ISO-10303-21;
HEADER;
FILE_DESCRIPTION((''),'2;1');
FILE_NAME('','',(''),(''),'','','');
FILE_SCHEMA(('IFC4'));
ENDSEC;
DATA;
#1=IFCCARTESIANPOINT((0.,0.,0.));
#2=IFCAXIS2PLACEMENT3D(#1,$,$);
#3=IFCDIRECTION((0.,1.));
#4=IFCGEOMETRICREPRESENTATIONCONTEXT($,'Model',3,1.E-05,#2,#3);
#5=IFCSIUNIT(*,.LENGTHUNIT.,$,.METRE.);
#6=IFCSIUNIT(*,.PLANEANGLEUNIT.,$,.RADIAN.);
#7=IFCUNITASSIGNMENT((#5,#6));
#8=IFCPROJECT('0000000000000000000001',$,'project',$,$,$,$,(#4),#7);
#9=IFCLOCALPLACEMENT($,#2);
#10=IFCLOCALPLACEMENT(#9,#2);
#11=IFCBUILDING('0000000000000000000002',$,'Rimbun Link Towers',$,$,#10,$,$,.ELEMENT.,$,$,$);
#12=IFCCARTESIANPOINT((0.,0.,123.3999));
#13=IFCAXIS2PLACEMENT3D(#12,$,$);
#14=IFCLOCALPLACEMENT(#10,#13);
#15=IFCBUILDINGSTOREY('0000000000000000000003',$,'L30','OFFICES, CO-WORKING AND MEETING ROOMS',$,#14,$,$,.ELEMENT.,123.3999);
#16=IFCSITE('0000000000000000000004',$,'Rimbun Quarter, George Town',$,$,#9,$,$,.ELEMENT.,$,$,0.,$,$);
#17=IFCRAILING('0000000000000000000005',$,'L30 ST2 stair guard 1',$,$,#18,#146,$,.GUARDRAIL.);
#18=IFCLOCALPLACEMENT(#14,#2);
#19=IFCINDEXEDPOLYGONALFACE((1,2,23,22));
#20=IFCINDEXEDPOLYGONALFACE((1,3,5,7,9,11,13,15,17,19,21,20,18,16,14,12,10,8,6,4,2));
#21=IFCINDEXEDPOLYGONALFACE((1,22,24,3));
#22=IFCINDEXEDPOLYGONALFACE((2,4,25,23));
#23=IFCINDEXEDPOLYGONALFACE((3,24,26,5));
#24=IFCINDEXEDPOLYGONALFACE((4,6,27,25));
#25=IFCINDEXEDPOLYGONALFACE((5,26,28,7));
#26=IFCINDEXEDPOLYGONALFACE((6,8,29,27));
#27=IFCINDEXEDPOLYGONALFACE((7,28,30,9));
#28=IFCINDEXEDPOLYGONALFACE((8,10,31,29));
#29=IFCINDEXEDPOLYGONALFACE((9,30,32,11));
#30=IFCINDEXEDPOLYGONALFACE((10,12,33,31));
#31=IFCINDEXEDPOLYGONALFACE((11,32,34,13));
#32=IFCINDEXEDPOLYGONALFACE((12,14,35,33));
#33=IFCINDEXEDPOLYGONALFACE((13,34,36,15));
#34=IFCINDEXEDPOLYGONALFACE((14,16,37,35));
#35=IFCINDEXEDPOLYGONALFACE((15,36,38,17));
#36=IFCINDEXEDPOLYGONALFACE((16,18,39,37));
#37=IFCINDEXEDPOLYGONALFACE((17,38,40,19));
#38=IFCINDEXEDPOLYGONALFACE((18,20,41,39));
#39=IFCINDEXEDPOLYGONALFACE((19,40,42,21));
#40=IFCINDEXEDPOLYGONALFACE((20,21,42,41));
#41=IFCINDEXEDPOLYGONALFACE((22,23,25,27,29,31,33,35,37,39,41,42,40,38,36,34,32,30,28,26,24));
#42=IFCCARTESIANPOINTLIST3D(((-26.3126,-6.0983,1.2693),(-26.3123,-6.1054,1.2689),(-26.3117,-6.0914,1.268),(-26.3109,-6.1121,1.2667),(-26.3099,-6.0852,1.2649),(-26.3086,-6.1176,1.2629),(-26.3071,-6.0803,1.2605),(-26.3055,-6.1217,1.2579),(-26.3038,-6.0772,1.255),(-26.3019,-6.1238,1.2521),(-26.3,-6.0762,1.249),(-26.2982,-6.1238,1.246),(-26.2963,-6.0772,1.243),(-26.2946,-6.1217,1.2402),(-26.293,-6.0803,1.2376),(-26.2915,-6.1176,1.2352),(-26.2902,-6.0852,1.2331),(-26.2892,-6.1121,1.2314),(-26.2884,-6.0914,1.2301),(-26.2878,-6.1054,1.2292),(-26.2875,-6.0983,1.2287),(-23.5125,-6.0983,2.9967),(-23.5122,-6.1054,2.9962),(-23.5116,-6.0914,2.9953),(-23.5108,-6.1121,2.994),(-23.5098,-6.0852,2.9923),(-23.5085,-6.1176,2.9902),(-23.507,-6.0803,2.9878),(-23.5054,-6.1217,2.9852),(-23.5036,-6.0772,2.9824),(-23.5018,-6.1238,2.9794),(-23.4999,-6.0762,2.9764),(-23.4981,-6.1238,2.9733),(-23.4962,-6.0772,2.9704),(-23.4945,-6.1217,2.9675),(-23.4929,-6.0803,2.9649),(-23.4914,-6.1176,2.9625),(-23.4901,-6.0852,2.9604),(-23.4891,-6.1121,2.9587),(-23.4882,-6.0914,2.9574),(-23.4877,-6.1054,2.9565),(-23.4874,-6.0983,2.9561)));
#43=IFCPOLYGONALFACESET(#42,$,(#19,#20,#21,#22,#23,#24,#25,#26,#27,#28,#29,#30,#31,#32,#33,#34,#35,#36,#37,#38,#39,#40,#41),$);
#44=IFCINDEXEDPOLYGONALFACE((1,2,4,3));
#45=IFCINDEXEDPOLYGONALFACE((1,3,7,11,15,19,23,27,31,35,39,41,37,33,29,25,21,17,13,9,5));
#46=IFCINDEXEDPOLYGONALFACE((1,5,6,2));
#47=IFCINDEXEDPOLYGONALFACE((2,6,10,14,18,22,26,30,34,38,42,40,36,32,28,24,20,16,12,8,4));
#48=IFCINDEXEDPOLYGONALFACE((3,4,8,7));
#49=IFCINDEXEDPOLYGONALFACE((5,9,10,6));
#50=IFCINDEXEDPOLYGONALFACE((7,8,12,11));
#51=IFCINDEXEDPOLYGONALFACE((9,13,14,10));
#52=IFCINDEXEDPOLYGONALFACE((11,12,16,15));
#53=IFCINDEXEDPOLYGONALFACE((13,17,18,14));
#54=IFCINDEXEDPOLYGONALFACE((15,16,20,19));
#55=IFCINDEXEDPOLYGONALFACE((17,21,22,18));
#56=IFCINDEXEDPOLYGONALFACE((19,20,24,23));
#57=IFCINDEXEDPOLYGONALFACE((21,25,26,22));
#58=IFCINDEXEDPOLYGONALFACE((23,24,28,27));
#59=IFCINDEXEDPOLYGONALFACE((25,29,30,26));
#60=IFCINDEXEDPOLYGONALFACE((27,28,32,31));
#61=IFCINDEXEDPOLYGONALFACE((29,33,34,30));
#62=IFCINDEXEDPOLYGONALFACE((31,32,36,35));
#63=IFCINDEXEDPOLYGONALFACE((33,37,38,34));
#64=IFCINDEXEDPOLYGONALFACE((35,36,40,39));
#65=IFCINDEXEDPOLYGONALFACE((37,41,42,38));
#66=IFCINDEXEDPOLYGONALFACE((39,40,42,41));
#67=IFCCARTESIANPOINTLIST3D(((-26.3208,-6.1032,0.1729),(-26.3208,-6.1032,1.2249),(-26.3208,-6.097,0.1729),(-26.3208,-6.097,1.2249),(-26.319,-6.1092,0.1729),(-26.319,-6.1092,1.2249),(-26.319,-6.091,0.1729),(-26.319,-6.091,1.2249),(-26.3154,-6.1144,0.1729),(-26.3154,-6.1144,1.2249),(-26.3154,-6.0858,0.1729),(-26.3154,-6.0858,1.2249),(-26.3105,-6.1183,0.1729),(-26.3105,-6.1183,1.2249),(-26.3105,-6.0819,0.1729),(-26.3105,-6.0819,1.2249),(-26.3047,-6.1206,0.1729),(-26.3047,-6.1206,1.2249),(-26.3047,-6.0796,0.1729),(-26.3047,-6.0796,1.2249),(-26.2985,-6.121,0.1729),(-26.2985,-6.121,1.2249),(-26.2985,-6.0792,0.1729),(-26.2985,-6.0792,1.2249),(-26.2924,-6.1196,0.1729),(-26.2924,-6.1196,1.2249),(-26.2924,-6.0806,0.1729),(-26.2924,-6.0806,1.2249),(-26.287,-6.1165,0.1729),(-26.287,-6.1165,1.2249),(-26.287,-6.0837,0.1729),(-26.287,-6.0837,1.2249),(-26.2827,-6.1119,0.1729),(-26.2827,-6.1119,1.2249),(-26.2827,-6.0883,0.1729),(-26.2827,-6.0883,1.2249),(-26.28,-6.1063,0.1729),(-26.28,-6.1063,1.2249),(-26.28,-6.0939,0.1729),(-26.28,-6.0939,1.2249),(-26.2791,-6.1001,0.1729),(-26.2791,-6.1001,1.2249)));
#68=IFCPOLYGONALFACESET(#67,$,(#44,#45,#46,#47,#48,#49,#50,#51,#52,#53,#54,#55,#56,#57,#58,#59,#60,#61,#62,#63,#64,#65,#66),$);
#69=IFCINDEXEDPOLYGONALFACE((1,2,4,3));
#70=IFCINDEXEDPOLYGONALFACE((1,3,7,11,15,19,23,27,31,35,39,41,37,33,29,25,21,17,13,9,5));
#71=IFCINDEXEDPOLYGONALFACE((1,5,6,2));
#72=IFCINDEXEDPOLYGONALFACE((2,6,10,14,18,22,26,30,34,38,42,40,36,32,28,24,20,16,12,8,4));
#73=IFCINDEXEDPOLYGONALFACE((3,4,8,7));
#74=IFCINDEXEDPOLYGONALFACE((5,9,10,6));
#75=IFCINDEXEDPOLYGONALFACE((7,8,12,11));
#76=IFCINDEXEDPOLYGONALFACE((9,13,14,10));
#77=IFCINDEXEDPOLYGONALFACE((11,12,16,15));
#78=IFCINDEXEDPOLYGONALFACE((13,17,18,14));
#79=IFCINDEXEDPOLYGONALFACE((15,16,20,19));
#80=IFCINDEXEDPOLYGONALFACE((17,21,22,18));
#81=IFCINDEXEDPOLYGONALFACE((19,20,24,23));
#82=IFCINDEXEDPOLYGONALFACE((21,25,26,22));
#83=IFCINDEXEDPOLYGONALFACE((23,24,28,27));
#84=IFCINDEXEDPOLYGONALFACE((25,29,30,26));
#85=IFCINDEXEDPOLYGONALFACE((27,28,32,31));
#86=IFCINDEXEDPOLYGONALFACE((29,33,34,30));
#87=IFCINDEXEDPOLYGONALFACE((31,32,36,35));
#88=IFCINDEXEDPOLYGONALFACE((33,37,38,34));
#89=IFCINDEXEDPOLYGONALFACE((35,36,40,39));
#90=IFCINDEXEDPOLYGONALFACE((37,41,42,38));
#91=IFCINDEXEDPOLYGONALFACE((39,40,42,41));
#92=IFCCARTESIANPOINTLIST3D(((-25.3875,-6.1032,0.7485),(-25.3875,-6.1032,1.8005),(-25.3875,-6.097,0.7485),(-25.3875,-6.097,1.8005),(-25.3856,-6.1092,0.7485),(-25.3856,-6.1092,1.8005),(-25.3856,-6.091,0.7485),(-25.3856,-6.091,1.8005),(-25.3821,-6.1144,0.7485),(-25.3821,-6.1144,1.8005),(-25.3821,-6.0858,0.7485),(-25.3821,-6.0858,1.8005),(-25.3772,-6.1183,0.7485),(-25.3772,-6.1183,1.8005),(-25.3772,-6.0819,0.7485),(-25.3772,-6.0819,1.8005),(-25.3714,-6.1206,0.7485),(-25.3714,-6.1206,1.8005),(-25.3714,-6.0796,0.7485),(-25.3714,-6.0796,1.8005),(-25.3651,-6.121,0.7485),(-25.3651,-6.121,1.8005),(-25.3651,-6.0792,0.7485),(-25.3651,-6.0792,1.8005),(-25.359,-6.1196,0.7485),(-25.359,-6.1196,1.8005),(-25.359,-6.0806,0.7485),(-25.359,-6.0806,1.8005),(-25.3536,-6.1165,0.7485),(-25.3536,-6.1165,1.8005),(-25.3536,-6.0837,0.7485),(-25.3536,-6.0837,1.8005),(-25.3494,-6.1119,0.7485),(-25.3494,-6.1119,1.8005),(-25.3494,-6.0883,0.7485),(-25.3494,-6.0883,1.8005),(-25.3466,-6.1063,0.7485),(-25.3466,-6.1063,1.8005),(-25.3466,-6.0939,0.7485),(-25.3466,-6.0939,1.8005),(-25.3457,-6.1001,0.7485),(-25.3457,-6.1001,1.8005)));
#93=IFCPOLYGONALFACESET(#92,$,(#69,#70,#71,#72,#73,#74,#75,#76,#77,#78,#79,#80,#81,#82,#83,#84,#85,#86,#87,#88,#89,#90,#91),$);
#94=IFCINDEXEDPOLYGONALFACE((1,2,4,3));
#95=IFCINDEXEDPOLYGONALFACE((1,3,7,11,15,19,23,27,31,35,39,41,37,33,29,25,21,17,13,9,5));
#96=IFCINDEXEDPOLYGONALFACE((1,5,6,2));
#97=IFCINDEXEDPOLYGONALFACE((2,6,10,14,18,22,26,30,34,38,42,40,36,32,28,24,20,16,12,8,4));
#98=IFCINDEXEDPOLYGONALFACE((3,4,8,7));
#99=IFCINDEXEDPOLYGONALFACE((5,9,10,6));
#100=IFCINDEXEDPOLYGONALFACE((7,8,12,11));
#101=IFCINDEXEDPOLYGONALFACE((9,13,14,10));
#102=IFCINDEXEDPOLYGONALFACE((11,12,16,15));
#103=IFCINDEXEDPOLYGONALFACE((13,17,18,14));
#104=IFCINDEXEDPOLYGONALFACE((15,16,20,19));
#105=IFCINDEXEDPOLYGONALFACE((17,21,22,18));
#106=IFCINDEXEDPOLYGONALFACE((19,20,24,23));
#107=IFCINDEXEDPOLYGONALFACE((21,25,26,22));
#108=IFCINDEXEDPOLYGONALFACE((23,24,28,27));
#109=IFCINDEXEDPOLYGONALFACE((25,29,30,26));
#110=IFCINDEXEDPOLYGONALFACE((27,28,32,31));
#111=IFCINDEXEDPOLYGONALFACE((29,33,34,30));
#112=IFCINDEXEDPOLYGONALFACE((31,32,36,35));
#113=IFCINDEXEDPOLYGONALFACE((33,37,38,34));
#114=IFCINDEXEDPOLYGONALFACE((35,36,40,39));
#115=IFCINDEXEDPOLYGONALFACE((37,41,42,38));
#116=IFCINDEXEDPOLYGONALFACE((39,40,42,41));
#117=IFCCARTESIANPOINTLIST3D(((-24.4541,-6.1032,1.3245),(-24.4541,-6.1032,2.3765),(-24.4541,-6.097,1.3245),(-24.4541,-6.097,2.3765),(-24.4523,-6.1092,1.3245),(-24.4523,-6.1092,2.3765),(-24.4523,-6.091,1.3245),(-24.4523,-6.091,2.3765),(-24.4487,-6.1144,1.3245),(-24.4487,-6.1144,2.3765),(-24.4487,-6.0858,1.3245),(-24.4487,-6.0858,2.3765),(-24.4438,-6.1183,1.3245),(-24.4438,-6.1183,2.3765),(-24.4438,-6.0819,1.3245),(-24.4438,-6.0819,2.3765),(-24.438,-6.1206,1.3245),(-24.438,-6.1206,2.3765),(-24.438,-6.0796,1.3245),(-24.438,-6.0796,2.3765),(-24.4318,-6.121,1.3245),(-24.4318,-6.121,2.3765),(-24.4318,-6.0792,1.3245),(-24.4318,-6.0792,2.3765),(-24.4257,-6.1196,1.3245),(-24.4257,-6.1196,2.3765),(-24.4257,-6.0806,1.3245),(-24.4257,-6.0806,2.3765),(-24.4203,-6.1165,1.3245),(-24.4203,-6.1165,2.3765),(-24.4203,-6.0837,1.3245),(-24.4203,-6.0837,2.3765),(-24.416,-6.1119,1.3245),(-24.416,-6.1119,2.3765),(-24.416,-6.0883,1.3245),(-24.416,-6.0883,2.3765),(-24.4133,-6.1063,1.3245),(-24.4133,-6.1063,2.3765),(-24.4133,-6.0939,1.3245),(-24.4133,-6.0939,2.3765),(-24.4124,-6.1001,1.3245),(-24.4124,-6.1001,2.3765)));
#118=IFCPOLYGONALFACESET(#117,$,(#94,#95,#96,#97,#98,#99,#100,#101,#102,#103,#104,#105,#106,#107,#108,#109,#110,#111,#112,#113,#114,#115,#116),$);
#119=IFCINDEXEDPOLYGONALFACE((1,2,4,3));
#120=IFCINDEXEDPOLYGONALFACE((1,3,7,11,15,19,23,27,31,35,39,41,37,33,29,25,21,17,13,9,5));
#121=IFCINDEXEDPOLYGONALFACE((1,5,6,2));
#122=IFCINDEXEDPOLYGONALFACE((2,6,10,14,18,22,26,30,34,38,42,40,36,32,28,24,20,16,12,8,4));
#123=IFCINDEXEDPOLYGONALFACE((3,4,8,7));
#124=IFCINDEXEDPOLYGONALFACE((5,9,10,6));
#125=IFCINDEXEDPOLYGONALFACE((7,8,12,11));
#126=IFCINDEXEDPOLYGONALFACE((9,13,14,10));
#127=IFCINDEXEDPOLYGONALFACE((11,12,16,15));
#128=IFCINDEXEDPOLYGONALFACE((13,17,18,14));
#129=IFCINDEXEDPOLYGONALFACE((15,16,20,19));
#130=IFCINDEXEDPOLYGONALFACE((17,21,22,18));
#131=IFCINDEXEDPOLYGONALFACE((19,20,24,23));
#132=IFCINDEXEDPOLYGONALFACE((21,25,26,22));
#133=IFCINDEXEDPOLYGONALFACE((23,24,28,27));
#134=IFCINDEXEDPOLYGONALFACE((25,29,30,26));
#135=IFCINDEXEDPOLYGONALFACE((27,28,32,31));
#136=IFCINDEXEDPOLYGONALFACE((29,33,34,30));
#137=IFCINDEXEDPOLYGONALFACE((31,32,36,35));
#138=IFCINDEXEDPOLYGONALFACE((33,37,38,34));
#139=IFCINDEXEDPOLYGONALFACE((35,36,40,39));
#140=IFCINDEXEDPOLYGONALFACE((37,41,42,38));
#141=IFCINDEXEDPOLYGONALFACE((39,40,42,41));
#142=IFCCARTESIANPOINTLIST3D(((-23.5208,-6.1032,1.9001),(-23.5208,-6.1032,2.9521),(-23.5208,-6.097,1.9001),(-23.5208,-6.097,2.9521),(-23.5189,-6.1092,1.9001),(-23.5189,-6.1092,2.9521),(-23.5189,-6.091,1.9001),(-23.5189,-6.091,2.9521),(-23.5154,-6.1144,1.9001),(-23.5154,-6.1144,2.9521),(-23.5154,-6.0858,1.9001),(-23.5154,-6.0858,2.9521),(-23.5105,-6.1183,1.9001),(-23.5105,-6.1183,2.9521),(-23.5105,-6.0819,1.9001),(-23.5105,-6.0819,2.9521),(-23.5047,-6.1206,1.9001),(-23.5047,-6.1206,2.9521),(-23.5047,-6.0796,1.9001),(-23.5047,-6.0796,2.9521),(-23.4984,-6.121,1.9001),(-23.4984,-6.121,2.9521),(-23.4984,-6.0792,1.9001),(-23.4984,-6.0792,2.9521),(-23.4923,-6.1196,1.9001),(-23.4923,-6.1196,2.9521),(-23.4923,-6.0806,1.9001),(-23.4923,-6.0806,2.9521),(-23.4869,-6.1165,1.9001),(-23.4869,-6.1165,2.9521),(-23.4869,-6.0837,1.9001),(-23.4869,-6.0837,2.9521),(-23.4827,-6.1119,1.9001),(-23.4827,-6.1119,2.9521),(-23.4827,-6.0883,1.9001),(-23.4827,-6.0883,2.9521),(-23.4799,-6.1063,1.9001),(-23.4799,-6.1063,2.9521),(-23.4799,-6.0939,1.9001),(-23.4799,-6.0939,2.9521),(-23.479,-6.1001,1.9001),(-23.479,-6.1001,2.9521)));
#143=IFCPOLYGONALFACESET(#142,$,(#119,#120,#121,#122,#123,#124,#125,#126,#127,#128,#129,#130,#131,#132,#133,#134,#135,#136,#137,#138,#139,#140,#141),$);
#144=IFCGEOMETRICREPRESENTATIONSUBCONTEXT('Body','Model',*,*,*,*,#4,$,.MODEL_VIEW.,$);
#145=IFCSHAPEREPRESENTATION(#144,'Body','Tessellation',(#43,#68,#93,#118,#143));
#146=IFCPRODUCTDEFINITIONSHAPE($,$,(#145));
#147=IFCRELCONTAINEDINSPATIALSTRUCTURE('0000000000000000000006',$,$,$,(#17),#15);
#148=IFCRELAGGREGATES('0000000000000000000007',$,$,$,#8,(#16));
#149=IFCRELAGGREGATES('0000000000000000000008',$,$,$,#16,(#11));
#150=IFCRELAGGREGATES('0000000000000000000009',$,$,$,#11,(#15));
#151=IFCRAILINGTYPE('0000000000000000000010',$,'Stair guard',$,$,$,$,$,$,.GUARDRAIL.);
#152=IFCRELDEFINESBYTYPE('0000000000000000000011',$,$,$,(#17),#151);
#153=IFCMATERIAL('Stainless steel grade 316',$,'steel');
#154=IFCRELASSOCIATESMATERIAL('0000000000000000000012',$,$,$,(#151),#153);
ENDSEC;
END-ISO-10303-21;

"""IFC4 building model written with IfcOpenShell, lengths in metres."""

from ifc_helpers import new_model, si_unit, direction, frame, origin, origin_2d, place, context, subcontext, project, spatial, circle, extrude, material, type_object, element, save


model = new_model("IFC4")

# Units and contexts
model_context = context("Model", 3, precision=1e-05, world=origin(), true_north=direction((0.0, 1.0)))
body_context = subcontext(model_context, "Body", "Model", "MODEL_VIEW")
ifc_project = project(units=[si_unit("LENGTHUNIT", "METRE"), si_unit("PLANEANGLEUNIT", "RADIAN")], contexts=[model_context])

# Site, building, storey
site_placement = place(None, origin())
site = spatial("IfcSite", under=ifc_project, at=site_placement, Name="Rimbun Quarter, George Town", CompositionType="ELEMENT", RefElevation=0.0)
building_placement = place(site_placement, origin())
building = spatial("IfcBuilding", under=site, at=building_placement, Name="Rimbun Link Towers", CompositionType="ELEMENT")
storey_placement = place(building_placement, frame((0.0, 0.0, 123.3999)))
storey = spatial("IfcBuildingStorey", under=building, at=storey_placement, Name="L30", Description="OFFICES, CO-WORKING AND MEETING ROOMS", CompositionType="ELEMENT", Elevation=123.3999)

# Railing
ifc_material_1 = material(Name="Stainless steel grade 316", Category="steel")
railing_type_1 = type_object("IfcRailingType", Name="Stair guard", PredefinedType="GUARDRAIL", material=ifc_material_1)
railing_1_placement = place(storey_placement, frame((-26.3, -6.1001, 0.1729)))
element("IfcRailing", 1, at=railing_1_placement, inside=storey, type_object=railing_type_1, Name="L30 ST2 stair guard 1", PredefinedType="GUARDRAIL", context=body_context, shape_type="SweptSolid", body=[
    extrude(circle(Radius=0.0239, at=origin_2d()), frame((0.0, 0.0, 1.0762), z_axis=(0.85109, 0.0, 0.52502), x_axis=(0.0, 1.0, 0.0)), (0.0, 0.0, 1.0), 3.29),
    extrude(circle(Radius=0.021, at=origin_2d()), origin(), (0.0, 0.0, 1.0), 1.052),
    extrude(circle(Radius=0.021, at=origin_2d()), frame((0.9333, 0.0, 0.5757)), (0.0, 0.0, 1.0), 1.052),
    extrude(circle(Radius=0.021, at=origin_2d()), frame((1.8667, 0.0, 1.1516)), (0.0, 0.0, 1.0), 1.052),
    extrude(circle(Radius=0.021, at=origin_2d()), frame((2.8, 0.0, 1.7273)), (0.0, 0.0, 1.0), 1.052),
])

save(model, "model.ifc")
